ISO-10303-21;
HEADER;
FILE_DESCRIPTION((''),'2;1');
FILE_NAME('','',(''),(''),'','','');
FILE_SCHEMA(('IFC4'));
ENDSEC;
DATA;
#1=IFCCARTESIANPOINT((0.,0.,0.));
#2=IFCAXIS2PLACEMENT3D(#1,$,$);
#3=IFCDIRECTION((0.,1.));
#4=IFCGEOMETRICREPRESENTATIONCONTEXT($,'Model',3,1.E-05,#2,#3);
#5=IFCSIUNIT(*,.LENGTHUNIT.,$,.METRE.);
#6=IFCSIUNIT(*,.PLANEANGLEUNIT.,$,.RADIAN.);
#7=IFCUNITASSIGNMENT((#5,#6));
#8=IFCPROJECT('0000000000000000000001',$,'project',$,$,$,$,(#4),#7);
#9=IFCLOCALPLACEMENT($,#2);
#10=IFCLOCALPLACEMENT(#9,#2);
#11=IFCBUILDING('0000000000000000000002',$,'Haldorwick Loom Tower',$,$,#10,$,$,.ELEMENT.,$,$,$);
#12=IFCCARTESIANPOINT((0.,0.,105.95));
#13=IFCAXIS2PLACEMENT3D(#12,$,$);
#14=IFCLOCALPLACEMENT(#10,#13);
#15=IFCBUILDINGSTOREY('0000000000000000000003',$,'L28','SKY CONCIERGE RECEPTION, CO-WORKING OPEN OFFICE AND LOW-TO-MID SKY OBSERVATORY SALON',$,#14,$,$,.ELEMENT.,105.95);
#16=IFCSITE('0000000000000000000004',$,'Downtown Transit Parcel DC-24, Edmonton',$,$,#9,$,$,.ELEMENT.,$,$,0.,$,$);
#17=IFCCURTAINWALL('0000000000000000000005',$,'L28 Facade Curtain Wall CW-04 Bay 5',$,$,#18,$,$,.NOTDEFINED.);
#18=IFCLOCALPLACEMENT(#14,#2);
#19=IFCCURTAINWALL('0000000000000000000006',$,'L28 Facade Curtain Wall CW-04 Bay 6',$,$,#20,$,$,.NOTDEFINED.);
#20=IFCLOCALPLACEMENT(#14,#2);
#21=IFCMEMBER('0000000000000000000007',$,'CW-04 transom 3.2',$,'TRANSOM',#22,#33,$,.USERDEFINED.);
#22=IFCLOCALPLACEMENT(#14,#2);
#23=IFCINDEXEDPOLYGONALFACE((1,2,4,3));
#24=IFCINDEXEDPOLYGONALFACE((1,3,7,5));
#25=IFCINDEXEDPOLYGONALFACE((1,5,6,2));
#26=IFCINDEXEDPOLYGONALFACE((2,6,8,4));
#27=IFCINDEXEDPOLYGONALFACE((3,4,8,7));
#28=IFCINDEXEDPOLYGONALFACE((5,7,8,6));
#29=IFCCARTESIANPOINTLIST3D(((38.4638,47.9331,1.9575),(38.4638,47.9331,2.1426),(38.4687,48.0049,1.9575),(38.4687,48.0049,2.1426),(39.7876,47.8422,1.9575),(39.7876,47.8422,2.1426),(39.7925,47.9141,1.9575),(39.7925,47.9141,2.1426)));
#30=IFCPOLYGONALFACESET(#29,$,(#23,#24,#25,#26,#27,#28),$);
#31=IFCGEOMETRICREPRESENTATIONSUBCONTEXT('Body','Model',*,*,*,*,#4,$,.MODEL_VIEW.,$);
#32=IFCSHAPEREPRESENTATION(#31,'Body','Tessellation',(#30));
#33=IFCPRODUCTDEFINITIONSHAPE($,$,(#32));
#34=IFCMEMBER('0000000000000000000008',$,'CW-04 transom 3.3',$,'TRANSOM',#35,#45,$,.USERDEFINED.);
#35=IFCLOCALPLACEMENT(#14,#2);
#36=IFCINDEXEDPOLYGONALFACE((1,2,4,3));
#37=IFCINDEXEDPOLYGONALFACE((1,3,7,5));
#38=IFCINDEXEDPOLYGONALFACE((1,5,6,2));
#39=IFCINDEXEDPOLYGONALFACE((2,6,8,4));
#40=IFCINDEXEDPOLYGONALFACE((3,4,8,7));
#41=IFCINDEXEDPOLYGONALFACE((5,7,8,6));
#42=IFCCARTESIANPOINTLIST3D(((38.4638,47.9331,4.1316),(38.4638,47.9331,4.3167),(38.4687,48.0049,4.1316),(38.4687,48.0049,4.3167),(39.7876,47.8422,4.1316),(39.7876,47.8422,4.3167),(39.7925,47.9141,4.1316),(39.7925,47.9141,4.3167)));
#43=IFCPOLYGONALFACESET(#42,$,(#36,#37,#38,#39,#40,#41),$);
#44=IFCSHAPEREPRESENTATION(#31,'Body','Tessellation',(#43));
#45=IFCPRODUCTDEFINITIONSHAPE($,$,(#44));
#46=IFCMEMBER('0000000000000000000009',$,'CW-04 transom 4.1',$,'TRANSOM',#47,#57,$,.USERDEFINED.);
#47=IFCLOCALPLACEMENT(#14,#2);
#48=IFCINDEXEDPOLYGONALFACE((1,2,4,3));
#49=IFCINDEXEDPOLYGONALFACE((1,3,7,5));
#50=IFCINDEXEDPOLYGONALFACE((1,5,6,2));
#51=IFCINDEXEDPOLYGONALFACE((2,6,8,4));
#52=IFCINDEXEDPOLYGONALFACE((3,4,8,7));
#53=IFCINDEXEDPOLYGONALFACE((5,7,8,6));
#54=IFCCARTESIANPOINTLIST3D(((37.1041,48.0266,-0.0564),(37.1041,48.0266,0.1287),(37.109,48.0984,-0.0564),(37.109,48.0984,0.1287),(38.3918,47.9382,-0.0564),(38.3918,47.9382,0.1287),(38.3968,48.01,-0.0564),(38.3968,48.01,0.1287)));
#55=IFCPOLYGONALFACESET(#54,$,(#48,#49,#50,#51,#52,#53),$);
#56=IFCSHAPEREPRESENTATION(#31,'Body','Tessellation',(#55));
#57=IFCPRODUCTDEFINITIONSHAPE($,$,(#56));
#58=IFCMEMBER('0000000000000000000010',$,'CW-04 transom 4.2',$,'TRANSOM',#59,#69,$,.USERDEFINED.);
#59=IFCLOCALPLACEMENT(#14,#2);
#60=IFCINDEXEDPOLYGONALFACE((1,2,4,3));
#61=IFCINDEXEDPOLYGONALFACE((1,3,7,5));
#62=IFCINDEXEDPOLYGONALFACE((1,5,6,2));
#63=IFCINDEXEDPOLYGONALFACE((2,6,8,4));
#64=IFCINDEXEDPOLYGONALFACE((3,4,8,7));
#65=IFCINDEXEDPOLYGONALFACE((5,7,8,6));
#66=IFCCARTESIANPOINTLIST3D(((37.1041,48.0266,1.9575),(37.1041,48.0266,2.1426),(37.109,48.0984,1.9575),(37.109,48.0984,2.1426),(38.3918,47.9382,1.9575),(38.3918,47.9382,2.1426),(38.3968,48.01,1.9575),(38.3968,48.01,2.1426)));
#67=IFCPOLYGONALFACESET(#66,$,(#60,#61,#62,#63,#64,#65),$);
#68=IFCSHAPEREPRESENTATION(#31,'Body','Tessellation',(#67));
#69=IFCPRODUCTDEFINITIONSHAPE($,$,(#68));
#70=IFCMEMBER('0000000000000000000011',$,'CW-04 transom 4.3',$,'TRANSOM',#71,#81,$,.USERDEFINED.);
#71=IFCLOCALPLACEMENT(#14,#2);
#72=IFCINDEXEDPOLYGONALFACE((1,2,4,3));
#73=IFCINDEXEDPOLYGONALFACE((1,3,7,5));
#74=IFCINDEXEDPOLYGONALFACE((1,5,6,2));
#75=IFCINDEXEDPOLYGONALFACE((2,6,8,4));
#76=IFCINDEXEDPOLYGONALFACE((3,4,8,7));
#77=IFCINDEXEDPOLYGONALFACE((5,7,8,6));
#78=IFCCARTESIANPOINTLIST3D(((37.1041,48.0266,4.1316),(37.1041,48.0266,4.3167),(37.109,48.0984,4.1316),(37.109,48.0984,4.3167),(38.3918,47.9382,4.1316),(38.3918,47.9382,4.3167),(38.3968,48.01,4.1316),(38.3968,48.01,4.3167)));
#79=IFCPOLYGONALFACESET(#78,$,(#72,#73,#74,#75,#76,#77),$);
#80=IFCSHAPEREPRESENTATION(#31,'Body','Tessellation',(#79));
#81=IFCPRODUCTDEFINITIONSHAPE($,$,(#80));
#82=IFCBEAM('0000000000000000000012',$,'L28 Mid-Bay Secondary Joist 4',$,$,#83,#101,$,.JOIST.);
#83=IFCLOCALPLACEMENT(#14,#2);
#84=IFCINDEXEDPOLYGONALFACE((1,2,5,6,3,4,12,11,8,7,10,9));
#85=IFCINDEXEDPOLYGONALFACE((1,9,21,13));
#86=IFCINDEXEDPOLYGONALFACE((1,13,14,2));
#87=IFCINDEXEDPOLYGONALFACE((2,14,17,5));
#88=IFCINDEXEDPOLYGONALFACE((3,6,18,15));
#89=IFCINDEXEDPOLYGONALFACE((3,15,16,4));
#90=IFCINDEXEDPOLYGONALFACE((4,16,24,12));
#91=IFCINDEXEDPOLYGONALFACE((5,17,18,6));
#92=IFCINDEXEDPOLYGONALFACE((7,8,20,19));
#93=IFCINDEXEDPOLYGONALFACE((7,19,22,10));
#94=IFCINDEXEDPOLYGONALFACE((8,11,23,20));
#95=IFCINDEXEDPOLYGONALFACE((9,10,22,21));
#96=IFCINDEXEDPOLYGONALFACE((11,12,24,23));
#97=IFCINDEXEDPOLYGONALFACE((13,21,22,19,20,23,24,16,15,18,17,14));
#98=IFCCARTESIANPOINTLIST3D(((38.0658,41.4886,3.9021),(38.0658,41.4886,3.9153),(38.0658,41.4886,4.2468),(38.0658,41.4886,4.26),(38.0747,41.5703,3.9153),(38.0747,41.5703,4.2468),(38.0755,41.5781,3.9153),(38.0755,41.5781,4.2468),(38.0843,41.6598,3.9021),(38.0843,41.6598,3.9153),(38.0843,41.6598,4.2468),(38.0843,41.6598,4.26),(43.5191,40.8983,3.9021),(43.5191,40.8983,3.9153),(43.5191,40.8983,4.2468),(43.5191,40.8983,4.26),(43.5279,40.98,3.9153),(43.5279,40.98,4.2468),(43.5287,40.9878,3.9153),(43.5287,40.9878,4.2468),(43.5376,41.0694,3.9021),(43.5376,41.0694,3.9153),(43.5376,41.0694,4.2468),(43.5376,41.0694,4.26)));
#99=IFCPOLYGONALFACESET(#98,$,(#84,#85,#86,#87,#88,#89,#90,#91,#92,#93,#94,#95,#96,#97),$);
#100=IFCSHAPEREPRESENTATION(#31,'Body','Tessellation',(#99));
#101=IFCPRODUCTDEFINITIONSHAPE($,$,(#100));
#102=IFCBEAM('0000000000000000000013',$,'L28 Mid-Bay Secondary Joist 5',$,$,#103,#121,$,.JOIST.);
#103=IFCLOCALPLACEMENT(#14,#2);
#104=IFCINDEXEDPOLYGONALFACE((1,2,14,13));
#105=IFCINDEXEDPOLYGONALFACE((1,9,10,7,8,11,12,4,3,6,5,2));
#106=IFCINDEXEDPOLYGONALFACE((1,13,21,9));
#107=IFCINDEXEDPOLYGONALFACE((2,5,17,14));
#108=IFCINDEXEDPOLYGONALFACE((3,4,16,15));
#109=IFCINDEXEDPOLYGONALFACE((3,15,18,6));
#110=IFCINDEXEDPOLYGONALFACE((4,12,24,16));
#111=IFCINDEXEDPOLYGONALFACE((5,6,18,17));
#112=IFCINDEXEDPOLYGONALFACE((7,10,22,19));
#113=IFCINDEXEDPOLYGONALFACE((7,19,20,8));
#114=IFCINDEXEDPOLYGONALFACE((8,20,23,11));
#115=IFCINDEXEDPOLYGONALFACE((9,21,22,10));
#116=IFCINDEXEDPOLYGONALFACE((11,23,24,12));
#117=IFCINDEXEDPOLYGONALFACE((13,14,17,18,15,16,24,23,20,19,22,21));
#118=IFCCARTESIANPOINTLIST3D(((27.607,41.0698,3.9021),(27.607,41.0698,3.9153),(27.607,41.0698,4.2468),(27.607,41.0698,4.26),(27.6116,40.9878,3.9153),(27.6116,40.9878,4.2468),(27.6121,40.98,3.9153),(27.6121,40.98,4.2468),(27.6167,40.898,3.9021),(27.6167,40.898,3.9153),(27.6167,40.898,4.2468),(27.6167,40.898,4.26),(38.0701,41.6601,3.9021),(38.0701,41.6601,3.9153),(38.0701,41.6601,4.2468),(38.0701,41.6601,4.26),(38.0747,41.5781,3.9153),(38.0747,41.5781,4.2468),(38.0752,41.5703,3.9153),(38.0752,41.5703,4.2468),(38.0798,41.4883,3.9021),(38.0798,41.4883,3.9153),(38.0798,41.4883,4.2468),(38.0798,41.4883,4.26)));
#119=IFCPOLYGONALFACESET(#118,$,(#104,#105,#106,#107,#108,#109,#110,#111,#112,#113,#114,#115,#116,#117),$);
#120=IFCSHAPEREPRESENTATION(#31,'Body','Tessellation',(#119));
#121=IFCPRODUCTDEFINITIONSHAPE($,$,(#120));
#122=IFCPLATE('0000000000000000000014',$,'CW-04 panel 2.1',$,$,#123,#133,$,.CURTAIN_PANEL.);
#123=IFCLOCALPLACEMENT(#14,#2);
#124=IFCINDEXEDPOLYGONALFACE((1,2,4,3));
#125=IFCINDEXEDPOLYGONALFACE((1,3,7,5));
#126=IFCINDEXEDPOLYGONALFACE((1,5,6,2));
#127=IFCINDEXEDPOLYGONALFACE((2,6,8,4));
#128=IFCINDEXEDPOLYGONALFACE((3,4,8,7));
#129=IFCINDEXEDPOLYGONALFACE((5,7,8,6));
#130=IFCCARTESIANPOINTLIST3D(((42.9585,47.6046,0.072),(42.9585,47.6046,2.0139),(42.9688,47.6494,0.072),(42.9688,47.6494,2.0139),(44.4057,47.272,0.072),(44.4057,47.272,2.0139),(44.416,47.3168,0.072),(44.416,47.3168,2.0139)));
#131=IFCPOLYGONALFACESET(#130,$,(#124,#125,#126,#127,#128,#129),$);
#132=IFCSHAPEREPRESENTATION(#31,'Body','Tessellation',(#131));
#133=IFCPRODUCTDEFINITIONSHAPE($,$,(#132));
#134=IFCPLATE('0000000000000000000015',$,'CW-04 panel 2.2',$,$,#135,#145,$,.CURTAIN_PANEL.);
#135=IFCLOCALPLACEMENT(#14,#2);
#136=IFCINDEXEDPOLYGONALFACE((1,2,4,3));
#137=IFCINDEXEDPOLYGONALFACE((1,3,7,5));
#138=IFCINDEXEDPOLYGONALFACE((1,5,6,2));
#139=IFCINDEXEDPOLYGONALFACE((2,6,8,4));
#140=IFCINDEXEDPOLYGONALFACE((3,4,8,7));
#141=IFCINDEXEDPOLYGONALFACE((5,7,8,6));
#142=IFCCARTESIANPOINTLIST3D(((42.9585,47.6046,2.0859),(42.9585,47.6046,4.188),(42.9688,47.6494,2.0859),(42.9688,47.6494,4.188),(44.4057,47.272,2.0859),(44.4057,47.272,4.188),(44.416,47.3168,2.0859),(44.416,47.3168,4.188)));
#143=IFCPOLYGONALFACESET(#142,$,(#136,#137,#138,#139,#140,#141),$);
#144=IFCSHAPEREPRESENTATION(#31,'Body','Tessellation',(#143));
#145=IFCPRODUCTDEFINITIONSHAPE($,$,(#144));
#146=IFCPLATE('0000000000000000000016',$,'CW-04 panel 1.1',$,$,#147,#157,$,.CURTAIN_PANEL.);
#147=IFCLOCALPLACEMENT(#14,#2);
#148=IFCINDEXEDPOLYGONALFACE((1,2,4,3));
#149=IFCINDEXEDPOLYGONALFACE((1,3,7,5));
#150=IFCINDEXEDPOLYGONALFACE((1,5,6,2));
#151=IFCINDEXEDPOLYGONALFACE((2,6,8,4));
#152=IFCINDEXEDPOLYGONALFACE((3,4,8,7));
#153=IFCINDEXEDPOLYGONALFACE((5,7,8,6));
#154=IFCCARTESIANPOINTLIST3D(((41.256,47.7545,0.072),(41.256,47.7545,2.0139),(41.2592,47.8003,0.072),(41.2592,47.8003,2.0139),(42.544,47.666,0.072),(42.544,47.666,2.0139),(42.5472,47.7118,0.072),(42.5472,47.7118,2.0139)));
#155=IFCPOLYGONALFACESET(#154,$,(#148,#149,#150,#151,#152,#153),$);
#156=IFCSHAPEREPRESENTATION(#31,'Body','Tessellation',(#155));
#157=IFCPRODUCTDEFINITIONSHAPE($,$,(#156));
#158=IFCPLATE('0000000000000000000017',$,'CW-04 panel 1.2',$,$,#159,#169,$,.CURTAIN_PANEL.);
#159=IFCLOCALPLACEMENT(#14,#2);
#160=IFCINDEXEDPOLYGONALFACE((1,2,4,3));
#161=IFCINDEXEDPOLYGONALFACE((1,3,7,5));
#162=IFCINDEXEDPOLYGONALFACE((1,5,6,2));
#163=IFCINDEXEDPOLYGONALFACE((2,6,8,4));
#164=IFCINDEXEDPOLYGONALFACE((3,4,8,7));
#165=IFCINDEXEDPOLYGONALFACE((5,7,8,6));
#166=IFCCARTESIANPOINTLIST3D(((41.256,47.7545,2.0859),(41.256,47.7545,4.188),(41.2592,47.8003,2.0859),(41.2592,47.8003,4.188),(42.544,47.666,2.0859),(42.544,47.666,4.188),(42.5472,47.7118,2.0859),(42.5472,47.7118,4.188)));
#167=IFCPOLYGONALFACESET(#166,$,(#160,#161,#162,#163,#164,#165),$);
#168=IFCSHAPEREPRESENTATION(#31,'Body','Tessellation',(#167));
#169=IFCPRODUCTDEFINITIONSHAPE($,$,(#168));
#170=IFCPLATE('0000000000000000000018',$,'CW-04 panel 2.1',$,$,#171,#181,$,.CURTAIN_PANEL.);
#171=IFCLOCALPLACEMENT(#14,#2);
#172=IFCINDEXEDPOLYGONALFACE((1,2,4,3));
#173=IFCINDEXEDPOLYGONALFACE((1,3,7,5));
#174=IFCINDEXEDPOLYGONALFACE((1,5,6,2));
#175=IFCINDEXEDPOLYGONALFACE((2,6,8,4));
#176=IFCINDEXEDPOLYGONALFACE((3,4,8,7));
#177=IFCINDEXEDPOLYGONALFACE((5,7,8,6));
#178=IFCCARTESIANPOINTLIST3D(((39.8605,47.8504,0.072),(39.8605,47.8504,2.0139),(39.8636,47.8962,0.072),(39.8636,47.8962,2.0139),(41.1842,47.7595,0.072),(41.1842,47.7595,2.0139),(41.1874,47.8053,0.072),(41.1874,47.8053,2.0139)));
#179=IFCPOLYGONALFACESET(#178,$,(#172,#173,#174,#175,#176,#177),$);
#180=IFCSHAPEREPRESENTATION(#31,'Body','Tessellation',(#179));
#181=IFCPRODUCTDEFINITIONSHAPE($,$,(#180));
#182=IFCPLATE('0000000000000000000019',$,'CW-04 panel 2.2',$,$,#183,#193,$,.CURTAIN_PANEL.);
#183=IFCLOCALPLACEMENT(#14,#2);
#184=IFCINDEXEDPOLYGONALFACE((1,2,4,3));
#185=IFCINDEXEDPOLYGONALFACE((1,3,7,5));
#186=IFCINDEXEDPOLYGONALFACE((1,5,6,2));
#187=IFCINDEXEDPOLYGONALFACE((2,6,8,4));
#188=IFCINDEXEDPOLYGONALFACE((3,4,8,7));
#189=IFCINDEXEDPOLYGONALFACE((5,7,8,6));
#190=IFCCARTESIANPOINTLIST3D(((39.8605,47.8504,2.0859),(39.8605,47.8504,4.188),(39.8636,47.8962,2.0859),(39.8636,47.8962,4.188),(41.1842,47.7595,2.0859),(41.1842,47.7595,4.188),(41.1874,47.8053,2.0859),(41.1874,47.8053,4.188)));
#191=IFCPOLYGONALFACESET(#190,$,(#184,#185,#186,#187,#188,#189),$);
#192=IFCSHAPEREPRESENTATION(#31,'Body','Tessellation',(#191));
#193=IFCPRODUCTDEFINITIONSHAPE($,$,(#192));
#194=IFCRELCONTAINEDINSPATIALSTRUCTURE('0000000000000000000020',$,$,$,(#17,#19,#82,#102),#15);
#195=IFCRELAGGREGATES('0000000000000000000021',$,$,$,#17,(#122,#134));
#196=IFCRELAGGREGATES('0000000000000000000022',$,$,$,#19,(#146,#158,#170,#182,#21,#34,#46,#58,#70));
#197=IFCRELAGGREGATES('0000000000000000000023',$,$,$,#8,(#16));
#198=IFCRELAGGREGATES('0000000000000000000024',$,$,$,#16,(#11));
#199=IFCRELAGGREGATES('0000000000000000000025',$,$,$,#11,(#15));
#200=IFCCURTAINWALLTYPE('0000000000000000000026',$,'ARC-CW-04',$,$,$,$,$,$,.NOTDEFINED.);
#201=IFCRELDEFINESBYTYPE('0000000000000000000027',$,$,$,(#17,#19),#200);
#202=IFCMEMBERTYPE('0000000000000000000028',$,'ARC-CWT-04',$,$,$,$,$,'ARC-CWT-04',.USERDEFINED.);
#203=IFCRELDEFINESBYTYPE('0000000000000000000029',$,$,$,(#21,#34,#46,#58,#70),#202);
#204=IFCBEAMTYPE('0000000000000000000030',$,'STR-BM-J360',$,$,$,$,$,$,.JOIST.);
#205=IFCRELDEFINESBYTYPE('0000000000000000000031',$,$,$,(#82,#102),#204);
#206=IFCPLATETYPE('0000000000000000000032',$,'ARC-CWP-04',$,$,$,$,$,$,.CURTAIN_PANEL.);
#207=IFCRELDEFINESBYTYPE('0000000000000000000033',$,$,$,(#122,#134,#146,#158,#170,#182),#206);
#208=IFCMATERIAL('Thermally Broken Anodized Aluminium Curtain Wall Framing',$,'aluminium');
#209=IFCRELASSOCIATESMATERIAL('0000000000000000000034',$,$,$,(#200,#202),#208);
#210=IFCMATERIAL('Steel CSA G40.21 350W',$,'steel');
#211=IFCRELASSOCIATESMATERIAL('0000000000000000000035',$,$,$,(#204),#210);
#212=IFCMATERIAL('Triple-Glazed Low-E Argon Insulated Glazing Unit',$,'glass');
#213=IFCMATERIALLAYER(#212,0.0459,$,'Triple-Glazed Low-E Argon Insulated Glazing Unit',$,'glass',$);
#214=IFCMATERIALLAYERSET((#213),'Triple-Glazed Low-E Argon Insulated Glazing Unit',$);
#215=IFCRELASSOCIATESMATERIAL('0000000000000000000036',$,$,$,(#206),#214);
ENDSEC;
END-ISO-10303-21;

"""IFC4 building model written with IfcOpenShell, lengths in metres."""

from ifc_helpers import new_model, si_unit, direction, frame, origin, origin_2d, place, context, subcontext, project, spatial, rectangle, i_section, extrude, material, layer, layer_set, material_profile, profile_set, type_object, element, aggregate, save


model = new_model("IFC4")

# Units and contexts
model_context = context("Model", 3, precision=1e-05, world=origin(), true_north=direction((0.0, 1.0)))
body_context = subcontext(model_context, "Body", "Model", "MODEL_VIEW")
ifc_project = project(units=[si_unit("LENGTHUNIT", "METRE"), si_unit("PLANEANGLEUNIT", "RADIAN")], contexts=[model_context])

# Site, building, storey
site_placement = place(None, origin())
site = spatial("IfcSite", under=ifc_project, at=site_placement, Name="Downtown Transit Parcel DC-24, Edmonton", CompositionType="ELEMENT", RefElevation=0.0)
building_placement = place(site_placement, origin())
building = spatial("IfcBuilding", under=site, at=building_placement, Name="Haldorwick Loom Tower", CompositionType="ELEMENT")
storey_placement = place(building_placement, frame((0.0, 0.0, 105.95)))
storey = spatial("IfcBuildingStorey", under=building, at=storey_placement, Name="L28", Description="SKY CONCIERGE RECEPTION, CO-WORKING OPEN OFFICE AND LOW-TO-MID SKY OBSERVATORY SALON", CompositionType="ELEMENT", Elevation=105.95)

# Curtain wall
ifc_material_1 = material(Name="Thermally Broken Anodized Aluminium Curtain Wall Framing", Category="aluminium")
curtain_wall_type = type_object("IfcCurtainWallType", Name="ARC-CW-04", PredefinedType="NOTDEFINED", material=ifc_material_1)
curtain_wall_1_placement = place(storey_placement, origin())
curtain_wall_1 = element("IfcCurtainWall", 1, at=curtain_wall_1_placement, inside=storey, type_object=curtain_wall_type, Name="L28 Facade Curtain Wall CW-04 Bay 5", PredefinedType="NOTDEFINED")

# Curtain wall, members
curtain_wall_2_placement = place(storey_placement, origin())
curtain_wall_2 = element("IfcCurtainWall", 2, at=curtain_wall_2_placement, inside=storey, type_object=curtain_wall_type, Name="L28 Facade Curtain Wall CW-04 Bay 6", PredefinedType="NOTDEFINED")
ifc_material_profile_1 = material_profile(ifc_material_1, rectangle(XDim=0.072, YDim=0.1851, at=origin_2d()), Name="ALU_TRN_72X185", Category="aluminium")
ifc_profile_set_1 = profile_set([ifc_material_profile_1], Name="Thermally Broken Anodized Aluminium Curtain Wall Framing")
member_type_1 = type_object("IfcMemberType", Name="ARC-CWT-04", ElementType="ARC-CWT-04", PredefinedType="USERDEFINED", material=ifc_profile_set_1)
member_1_placement = place(storey_placement, frame((39.79, 47.8782, 2.05), z_axis=(-0.997655, 0.068448, 0.0), x_axis=(-0.068448, -0.997655, 0.0)))
member_1 = element("IfcMember", 3, at=member_1_placement, type_object=member_type_1, Name="CW-04 transom 3.2", ObjectType="TRANSOM", PredefinedType="USERDEFINED", context=body_context, shape_type="SweptSolid", body=[
    extrude(rectangle(XDim=0.072, YDim=0.1851, at=origin_2d()), origin(), (0.0, 0.0, 1.0), 1.3269),
])
member_2_placement = place(storey_placement, frame((39.79, 47.8782, 4.2241), z_axis=(-0.997655, 0.068448, 0.0), x_axis=(-0.068448, -0.997655, 0.0)))
member_2 = element("IfcMember", 4, at=member_2_placement, type_object=member_type_1, Name="CW-04 transom 3.3", ObjectType="TRANSOM", PredefinedType="USERDEFINED", context=body_context, shape_type="SweptSolid", body=[
    extrude(rectangle(XDim=0.072, YDim=0.1851, at=origin_2d()), origin(), (0.0, 0.0, 1.0), 1.3269),
])
member_3_placement = place(storey_placement, frame((38.3943, 47.9741, 0.0361), z_axis=(-0.997654, 0.068465, 0.0), x_axis=(-0.068465, -0.997654, 0.0)))
member_3 = element("IfcMember", 5, at=member_3_placement, type_object=member_type_1, Name="CW-04 transom 4.1", ObjectType="TRANSOM", PredefinedType="USERDEFINED", context=body_context, shape_type="SweptSolid", body=[
    extrude(rectangle(XDim=0.072, YDim=0.1851, at=origin_2d()), origin(), (0.0, 0.0, 1.0), 1.2908),
])
member_4_placement = place(storey_placement, frame((38.3943, 47.9741, 2.05), z_axis=(-0.997654, 0.068465, 0.0), x_axis=(-0.068465, -0.997654, 0.0)))
member_4 = element("IfcMember", 6, at=member_4_placement, type_object=member_type_1, Name="CW-04 transom 4.2", ObjectType="TRANSOM", PredefinedType="USERDEFINED", context=body_context, shape_type="SweptSolid", body=[
    extrude(rectangle(XDim=0.072, YDim=0.1851, at=origin_2d()), origin(), (0.0, 0.0, 1.0), 1.2908),
])
member_5_placement = place(storey_placement, frame((38.3943, 47.9741, 4.2241), z_axis=(-0.997654, 0.068465, 0.0), x_axis=(-0.068465, -0.997654, 0.0)))
member_5 = element("IfcMember", 7, at=member_5_placement, type_object=member_type_1, Name="CW-04 transom 4.3", ObjectType="TRANSOM", PredefinedType="USERDEFINED", context=body_context, shape_type="SweptSolid", body=[
    extrude(rectangle(XDim=0.072, YDim=0.1851, at=origin_2d()), origin(), (0.0, 0.0, 1.0), 1.2908),
])

# Beams
ifc_material_2 = material(Name="Steel CSA G40.21 350W", Category="steel")
ifc_material_profile_2 = material_profile(ifc_material_2, i_section(OverallWidth=0.1721, OverallDepth=0.3579, WebThickness=0.0078, FlangeThickness=0.0132, at=origin_2d()), Name="W360X57", Category="steel")
ifc_profile_set_2 = profile_set([ifc_material_profile_2], Name="Steel CSA G40.21 350W")
beam_type = type_object("IfcBeamType", Name="STR-BM-J360", PredefinedType="JOIST", material=ifc_profile_set_2)
beam_1_placement = place(storey_placement, frame((43.5283, 40.9839, 4.0811), z_axis=(-0.994192, 0.107622, 0.0), x_axis=(-0.107622, -0.994192, 0.0)))
element("IfcBeam", 8, at=beam_1_placement, inside=storey, type_object=beam_type, Name="L28 Mid-Bay Secondary Joist 4", PredefinedType="JOIST", context=body_context, shape_type="SweptSolid", body=[
    extrude(i_section(OverallWidth=0.1721, OverallDepth=0.3579, WebThickness=0.0078, FlangeThickness=0.0132, at=origin_2d()), origin(), (0.0, 0.0, 1.0), 5.4851),
])
beam_2_placement = place(storey_placement, frame((38.075, 41.5742, 4.0811), z_axis=(-0.998412, -0.056331, 0.0), x_axis=(0.056331, -0.998412, 0.0)))
element("IfcBeam", 9, at=beam_2_placement, inside=storey, type_object=beam_type, Name="L28 Mid-Bay Secondary Joist 5", PredefinedType="JOIST", context=body_context, shape_type="SweptSolid", body=[
    extrude(i_section(OverallWidth=0.1721, OverallDepth=0.3579, WebThickness=0.0078, FlangeThickness=0.0132, at=origin_2d()), origin(), (0.0, 0.0, 1.0), 10.4797),
])

# Plates
ifc_material_3 = material(Name="Triple-Glazed Low-E Argon Insulated Glazing Unit", Category="glass")
ifc_layer = layer(ifc_material_3, 0.0459, Name="Triple-Glazed Low-E Argon Insulated Glazing Unit", Category="glass")
ifc_layer_set = layer_set([ifc_layer], Name="Triple-Glazed Low-E Argon Insulated Glazing Unit")
plate_type = type_object("IfcPlateType", Name="ARC-CWP-04", PredefinedType="CURTAIN_PANEL", material=ifc_layer_set)
plate_1_placement = place(storey_placement, frame((43.6873, 47.4607, 0.072), z_axis=(0.0, 0.0, 1.0), x_axis=(-0.974593, 0.223981, 0.0)))
plate_1 = element("IfcPlate", 10, at=plate_1_placement, type_object=plate_type, Name="CW-04 panel 2.1", PredefinedType="CURTAIN_PANEL", context=body_context, shape_type="SweptSolid", body=[
    extrude(rectangle(XDim=1.4849, YDim=0.0459, at=origin_2d()), origin(), (0.0, 0.0, 1.0), 1.9419),
])
plate_2_placement = place(storey_placement, frame((43.6873, 47.4607, 2.0859), z_axis=(0.0, 0.0, 1.0), x_axis=(-0.974593, 0.223981, 0.0)))
plate_2 = element("IfcPlate", 11, at=plate_2_placement, type_object=plate_type, Name="CW-04 panel 2.2", PredefinedType="CURTAIN_PANEL", context=body_context, shape_type="SweptSolid", body=[
    extrude(rectangle(XDim=1.4849, YDim=0.0459, at=origin_2d()), origin(), (0.0, 0.0, 1.0), 2.1021),
])
aggregate(curtain_wall_1, [plate_1, plate_2])
plate_3_placement = place(storey_placement, frame((41.9016, 47.7332, 0.072), z_axis=(0.0, 0.0, 1.0), x_axis=(-0.997651, 0.068496, 0.0)))
plate_3 = element("IfcPlate", 12, at=plate_3_placement, type_object=plate_type, Name="CW-04 panel 1.1", PredefinedType="CURTAIN_PANEL", context=body_context, shape_type="SweptSolid", body=[
    extrude(rectangle(XDim=1.291, YDim=0.0459, at=origin_2d()), origin(), (0.0, 0.0, 1.0), 1.9419),
])
plate_4_placement = place(storey_placement, frame((41.9016, 47.7332, 2.0859), z_axis=(0.0, 0.0, 1.0), x_axis=(-0.997651, 0.068496, 0.0)))
plate_4 = element("IfcPlate", 13, at=plate_4_placement, type_object=plate_type, Name="CW-04 panel 1.2", PredefinedType="CURTAIN_PANEL", context=body_context, shape_type="SweptSolid", body=[
    extrude(rectangle(XDim=1.291, YDim=0.0459, at=origin_2d()), origin(), (0.0, 0.0, 1.0), 2.1021),
])
plate_5_placement = place(storey_placement, frame((40.5239, 47.8279, 0.072), z_axis=(0.0, 0.0, 1.0), x_axis=(-0.997651, 0.068496, 0.0)))
plate_5 = element("IfcPlate", 14, at=plate_5_placement, type_object=plate_type, Name="CW-04 panel 2.1", PredefinedType="CURTAIN_PANEL", context=body_context, shape_type="SweptSolid", body=[
    extrude(rectangle(XDim=1.3269, YDim=0.0459, at=origin_2d()), origin(), (0.0, 0.0, 1.0), 1.9419),
])
plate_6_placement = place(storey_placement, frame((40.5239, 47.8279, 2.0859), z_axis=(0.0, 0.0, 1.0), x_axis=(-0.997651, 0.068496, 0.0)))
plate_6 = element("IfcPlate", 15, at=plate_6_placement, type_object=plate_type, Name="CW-04 panel 2.2", PredefinedType="CURTAIN_PANEL", context=body_context, shape_type="SweptSolid", body=[
    extrude(rectangle(XDim=1.3269, YDim=0.0459, at=origin_2d()), origin(), (0.0, 0.0, 1.0), 2.1021),
])
aggregate(curtain_wall_2, [plate_3, plate_4, plate_5, plate_6, member_1, member_2, member_3, member_4, member_5])

save(model, "model.ifc")
